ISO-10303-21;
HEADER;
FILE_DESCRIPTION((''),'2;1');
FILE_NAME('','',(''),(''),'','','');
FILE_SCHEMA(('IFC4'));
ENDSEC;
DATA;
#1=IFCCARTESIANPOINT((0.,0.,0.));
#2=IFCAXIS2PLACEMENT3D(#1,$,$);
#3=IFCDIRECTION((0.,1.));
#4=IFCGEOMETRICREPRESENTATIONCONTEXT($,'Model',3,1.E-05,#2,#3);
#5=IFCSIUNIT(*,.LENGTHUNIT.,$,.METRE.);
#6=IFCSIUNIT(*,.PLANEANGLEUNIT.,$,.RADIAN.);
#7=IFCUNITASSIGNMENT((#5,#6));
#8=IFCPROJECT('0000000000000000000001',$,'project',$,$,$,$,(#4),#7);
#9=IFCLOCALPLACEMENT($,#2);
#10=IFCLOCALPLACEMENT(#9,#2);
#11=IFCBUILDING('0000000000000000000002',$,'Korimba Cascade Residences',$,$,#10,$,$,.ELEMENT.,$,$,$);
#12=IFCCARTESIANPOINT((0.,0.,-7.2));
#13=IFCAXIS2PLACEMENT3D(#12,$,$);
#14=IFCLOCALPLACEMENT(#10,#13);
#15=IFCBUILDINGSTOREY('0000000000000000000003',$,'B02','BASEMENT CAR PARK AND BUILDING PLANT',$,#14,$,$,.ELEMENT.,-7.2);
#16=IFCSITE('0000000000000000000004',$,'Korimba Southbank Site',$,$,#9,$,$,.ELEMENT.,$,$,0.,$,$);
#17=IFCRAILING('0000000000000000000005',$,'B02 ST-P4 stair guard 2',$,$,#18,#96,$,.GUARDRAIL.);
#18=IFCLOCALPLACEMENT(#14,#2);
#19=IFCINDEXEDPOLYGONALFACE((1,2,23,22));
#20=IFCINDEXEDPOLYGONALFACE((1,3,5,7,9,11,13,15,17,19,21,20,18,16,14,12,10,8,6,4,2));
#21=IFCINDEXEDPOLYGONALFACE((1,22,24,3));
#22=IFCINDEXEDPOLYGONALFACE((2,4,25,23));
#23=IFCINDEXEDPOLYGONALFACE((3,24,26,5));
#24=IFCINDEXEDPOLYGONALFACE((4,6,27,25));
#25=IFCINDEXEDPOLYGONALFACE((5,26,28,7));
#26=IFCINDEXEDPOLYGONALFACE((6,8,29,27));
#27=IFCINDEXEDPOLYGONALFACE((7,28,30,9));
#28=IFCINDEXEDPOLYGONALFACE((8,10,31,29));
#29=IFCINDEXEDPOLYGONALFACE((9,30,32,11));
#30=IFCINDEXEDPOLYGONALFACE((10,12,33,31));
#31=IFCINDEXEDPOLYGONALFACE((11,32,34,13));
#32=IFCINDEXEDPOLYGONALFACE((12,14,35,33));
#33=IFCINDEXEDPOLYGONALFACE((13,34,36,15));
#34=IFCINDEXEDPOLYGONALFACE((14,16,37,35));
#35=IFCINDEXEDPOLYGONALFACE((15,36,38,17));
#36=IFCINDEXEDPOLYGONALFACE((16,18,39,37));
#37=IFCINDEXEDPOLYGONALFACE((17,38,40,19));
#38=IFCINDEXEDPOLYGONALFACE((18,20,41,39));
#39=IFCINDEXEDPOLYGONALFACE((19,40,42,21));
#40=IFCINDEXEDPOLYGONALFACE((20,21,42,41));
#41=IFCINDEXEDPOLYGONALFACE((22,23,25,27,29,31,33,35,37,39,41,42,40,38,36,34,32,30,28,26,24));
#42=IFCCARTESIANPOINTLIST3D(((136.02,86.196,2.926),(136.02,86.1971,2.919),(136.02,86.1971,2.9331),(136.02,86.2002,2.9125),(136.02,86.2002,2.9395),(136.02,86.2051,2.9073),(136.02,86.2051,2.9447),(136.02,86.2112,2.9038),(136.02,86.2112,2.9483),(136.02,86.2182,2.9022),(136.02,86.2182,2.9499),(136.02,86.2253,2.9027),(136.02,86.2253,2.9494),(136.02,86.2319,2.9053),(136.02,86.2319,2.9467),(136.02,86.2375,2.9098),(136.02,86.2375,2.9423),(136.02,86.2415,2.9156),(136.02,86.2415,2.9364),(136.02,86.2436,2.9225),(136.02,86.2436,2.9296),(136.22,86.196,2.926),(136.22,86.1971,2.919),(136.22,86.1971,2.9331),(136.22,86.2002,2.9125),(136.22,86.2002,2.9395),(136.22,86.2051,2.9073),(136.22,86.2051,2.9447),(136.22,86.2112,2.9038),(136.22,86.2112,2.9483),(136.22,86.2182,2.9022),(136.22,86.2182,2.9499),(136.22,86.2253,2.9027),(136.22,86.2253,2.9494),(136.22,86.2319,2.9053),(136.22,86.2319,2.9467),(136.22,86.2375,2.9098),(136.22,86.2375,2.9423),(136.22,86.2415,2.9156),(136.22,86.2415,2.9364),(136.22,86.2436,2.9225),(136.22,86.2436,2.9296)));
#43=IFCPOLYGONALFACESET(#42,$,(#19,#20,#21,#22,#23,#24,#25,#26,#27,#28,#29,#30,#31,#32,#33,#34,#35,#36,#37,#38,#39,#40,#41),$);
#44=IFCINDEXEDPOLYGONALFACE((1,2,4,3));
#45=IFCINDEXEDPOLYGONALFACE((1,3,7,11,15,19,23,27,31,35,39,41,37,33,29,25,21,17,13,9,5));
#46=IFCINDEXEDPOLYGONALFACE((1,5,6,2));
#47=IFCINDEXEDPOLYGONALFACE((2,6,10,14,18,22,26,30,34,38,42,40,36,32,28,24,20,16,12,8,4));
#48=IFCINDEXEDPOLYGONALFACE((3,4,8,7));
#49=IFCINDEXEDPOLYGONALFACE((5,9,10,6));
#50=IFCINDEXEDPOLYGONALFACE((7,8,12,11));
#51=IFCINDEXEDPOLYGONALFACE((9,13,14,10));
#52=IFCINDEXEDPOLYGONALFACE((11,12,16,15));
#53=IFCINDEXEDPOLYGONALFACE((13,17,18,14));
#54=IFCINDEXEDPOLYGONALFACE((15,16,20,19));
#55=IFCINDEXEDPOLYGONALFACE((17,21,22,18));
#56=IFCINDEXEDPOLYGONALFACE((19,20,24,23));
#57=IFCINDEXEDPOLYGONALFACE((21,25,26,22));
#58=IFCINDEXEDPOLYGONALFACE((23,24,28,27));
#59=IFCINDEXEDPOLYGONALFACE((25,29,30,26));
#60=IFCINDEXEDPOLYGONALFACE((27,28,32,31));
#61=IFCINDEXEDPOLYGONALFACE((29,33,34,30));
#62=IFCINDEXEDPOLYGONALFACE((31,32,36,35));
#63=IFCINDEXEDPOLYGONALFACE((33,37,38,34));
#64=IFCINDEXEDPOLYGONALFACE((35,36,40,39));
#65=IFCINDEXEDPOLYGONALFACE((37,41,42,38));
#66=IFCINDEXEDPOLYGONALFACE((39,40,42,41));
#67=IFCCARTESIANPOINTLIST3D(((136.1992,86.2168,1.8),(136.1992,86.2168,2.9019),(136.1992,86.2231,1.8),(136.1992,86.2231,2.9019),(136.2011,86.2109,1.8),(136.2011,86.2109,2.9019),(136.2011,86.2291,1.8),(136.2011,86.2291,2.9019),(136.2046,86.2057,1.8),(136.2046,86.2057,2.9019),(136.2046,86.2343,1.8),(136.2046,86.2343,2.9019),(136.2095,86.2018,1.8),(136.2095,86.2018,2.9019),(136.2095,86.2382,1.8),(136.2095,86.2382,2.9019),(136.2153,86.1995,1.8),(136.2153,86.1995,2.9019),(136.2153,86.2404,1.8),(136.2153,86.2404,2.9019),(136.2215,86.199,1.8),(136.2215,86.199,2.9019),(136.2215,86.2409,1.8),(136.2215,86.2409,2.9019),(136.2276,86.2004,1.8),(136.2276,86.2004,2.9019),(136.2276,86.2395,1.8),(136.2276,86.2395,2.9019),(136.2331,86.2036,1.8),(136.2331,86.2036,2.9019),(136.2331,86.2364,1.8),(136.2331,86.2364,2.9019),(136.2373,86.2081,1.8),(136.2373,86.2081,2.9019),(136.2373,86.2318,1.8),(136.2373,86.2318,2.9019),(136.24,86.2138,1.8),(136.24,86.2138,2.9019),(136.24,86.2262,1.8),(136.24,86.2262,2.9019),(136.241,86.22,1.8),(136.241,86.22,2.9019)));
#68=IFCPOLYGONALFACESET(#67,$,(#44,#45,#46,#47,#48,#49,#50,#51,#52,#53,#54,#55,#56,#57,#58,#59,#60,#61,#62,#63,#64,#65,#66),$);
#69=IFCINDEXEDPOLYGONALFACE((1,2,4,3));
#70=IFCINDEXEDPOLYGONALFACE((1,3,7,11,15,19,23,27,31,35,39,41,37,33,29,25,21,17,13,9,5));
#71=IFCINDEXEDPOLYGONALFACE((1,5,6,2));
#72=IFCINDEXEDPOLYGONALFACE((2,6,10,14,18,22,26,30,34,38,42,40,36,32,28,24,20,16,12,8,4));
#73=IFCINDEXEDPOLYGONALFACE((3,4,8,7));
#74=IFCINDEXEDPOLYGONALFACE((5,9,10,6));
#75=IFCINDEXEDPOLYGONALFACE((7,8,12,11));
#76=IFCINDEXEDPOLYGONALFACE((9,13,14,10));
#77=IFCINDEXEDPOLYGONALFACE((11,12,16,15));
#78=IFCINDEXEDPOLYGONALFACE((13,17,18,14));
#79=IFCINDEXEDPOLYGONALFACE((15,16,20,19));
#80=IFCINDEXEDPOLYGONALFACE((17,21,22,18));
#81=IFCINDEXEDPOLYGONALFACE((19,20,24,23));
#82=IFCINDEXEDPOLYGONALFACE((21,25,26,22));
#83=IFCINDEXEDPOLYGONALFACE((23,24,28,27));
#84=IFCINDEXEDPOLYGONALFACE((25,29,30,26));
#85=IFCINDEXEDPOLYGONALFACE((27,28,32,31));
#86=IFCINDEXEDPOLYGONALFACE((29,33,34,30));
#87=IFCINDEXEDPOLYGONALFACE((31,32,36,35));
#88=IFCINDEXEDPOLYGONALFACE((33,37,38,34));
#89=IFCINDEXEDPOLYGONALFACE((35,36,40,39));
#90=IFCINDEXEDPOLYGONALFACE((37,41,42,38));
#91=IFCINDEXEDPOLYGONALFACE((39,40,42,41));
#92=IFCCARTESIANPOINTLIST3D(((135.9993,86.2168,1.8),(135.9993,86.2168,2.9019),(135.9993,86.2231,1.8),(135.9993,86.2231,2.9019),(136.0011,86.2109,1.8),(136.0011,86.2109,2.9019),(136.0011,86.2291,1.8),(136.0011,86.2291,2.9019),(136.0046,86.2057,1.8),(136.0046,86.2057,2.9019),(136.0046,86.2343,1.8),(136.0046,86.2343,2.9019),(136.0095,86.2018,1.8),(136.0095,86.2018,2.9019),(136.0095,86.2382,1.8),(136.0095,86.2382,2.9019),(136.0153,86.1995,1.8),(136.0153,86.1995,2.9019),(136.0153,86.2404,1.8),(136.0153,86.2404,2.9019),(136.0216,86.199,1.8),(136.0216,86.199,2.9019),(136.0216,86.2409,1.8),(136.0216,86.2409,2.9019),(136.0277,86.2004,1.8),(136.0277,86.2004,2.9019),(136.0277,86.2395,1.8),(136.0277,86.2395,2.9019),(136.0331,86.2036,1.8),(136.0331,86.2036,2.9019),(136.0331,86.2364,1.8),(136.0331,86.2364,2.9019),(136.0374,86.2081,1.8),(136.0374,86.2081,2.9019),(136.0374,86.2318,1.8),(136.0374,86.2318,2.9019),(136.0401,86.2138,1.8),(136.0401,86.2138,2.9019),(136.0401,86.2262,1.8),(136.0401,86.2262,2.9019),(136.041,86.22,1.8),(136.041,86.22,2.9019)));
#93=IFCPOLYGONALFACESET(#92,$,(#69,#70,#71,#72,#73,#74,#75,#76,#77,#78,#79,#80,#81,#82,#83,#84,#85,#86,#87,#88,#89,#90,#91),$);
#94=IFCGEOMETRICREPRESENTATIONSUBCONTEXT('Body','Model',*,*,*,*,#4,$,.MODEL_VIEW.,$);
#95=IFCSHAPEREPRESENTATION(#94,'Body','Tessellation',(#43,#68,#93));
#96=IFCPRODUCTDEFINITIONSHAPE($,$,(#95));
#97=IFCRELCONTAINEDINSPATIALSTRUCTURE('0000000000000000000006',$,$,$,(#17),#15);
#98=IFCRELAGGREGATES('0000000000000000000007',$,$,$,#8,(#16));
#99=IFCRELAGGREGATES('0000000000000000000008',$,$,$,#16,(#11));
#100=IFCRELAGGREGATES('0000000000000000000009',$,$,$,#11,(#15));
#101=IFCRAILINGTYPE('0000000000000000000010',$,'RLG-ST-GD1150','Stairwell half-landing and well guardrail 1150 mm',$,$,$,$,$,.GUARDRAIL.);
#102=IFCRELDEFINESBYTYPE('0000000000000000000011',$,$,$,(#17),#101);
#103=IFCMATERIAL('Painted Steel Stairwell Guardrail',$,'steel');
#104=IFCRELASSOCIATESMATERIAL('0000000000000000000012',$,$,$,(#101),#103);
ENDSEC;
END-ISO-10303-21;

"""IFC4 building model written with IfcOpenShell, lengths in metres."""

from ifc_helpers import new_model, si_unit, direction, frame, origin, origin_2d, place, context, subcontext, project, spatial, circle, extrude, material, type_object, element, save


model = new_model("IFC4")

# Units and contexts
model_context = context("Model", 3, precision=1e-05, world=origin(), true_north=direction((0.0, 1.0)))
body_context = subcontext(model_context, "Body", "Model", "MODEL_VIEW")
ifc_project = project(units=[si_unit("LENGTHUNIT", "METRE"), si_unit("PLANEANGLEUNIT", "RADIAN")], contexts=[model_context])

# Site, building, storey
site_placement = place(None, origin())
site = spatial("IfcSite", under=ifc_project, at=site_placement, Name="Korimba Southbank Site", CompositionType="ELEMENT", RefElevation=0.0)
building_placement = place(site_placement, origin())
building = spatial("IfcBuilding", under=site, at=building_placement, Name="Korimba Cascade Residences", CompositionType="ELEMENT")
storey_placement = place(building_placement, frame((0.0, 0.0, -7.2)))
storey = spatial("IfcBuildingStorey", under=building, at=storey_placement, Name="B02", Description="BASEMENT CAR PARK AND BUILDING PLANT", CompositionType="ELEMENT", Elevation=-7.2)

# Railing
ifc_material_1 = material(Name="Painted Steel Stairwell Guardrail", Category="steel")
railing_type_1 = type_object("IfcRailingType", Name="RLG-ST-GD1150", Description="Stairwell half-landing and well guardrail 1150 mm", PredefinedType="GUARDRAIL", material=ifc_material_1)
railing_1_placement = place(storey_placement, frame((136.22, 86.22, 1.8)))
element("IfcRailing", 1, at=railing_1_placement, inside=storey, type_object=railing_type_1, Name="B02 ST-P4 stair guard 2", PredefinedType="GUARDRAIL", context=body_context, shape_type="SweptSolid", body=[
    extrude(circle(Radius=0.0239, at=origin_2d()), frame((0.0, 0.0, 1.126), z_axis=(-1.0, 0.0, 0.0), x_axis=(0.0, -1.0, 0.0)), (0.0, 0.0, 1.0), 0.2),
    extrude(circle(Radius=0.021, at=origin_2d()), origin(), (0.0, 0.0, 1.0), 1.1018),
    extrude(circle(Radius=0.021, at=origin_2d()), frame((-0.2, 0.0, 0.0)), (0.0, 0.0, 1.0), 1.1018),
])

save(model, "model.ifc")
